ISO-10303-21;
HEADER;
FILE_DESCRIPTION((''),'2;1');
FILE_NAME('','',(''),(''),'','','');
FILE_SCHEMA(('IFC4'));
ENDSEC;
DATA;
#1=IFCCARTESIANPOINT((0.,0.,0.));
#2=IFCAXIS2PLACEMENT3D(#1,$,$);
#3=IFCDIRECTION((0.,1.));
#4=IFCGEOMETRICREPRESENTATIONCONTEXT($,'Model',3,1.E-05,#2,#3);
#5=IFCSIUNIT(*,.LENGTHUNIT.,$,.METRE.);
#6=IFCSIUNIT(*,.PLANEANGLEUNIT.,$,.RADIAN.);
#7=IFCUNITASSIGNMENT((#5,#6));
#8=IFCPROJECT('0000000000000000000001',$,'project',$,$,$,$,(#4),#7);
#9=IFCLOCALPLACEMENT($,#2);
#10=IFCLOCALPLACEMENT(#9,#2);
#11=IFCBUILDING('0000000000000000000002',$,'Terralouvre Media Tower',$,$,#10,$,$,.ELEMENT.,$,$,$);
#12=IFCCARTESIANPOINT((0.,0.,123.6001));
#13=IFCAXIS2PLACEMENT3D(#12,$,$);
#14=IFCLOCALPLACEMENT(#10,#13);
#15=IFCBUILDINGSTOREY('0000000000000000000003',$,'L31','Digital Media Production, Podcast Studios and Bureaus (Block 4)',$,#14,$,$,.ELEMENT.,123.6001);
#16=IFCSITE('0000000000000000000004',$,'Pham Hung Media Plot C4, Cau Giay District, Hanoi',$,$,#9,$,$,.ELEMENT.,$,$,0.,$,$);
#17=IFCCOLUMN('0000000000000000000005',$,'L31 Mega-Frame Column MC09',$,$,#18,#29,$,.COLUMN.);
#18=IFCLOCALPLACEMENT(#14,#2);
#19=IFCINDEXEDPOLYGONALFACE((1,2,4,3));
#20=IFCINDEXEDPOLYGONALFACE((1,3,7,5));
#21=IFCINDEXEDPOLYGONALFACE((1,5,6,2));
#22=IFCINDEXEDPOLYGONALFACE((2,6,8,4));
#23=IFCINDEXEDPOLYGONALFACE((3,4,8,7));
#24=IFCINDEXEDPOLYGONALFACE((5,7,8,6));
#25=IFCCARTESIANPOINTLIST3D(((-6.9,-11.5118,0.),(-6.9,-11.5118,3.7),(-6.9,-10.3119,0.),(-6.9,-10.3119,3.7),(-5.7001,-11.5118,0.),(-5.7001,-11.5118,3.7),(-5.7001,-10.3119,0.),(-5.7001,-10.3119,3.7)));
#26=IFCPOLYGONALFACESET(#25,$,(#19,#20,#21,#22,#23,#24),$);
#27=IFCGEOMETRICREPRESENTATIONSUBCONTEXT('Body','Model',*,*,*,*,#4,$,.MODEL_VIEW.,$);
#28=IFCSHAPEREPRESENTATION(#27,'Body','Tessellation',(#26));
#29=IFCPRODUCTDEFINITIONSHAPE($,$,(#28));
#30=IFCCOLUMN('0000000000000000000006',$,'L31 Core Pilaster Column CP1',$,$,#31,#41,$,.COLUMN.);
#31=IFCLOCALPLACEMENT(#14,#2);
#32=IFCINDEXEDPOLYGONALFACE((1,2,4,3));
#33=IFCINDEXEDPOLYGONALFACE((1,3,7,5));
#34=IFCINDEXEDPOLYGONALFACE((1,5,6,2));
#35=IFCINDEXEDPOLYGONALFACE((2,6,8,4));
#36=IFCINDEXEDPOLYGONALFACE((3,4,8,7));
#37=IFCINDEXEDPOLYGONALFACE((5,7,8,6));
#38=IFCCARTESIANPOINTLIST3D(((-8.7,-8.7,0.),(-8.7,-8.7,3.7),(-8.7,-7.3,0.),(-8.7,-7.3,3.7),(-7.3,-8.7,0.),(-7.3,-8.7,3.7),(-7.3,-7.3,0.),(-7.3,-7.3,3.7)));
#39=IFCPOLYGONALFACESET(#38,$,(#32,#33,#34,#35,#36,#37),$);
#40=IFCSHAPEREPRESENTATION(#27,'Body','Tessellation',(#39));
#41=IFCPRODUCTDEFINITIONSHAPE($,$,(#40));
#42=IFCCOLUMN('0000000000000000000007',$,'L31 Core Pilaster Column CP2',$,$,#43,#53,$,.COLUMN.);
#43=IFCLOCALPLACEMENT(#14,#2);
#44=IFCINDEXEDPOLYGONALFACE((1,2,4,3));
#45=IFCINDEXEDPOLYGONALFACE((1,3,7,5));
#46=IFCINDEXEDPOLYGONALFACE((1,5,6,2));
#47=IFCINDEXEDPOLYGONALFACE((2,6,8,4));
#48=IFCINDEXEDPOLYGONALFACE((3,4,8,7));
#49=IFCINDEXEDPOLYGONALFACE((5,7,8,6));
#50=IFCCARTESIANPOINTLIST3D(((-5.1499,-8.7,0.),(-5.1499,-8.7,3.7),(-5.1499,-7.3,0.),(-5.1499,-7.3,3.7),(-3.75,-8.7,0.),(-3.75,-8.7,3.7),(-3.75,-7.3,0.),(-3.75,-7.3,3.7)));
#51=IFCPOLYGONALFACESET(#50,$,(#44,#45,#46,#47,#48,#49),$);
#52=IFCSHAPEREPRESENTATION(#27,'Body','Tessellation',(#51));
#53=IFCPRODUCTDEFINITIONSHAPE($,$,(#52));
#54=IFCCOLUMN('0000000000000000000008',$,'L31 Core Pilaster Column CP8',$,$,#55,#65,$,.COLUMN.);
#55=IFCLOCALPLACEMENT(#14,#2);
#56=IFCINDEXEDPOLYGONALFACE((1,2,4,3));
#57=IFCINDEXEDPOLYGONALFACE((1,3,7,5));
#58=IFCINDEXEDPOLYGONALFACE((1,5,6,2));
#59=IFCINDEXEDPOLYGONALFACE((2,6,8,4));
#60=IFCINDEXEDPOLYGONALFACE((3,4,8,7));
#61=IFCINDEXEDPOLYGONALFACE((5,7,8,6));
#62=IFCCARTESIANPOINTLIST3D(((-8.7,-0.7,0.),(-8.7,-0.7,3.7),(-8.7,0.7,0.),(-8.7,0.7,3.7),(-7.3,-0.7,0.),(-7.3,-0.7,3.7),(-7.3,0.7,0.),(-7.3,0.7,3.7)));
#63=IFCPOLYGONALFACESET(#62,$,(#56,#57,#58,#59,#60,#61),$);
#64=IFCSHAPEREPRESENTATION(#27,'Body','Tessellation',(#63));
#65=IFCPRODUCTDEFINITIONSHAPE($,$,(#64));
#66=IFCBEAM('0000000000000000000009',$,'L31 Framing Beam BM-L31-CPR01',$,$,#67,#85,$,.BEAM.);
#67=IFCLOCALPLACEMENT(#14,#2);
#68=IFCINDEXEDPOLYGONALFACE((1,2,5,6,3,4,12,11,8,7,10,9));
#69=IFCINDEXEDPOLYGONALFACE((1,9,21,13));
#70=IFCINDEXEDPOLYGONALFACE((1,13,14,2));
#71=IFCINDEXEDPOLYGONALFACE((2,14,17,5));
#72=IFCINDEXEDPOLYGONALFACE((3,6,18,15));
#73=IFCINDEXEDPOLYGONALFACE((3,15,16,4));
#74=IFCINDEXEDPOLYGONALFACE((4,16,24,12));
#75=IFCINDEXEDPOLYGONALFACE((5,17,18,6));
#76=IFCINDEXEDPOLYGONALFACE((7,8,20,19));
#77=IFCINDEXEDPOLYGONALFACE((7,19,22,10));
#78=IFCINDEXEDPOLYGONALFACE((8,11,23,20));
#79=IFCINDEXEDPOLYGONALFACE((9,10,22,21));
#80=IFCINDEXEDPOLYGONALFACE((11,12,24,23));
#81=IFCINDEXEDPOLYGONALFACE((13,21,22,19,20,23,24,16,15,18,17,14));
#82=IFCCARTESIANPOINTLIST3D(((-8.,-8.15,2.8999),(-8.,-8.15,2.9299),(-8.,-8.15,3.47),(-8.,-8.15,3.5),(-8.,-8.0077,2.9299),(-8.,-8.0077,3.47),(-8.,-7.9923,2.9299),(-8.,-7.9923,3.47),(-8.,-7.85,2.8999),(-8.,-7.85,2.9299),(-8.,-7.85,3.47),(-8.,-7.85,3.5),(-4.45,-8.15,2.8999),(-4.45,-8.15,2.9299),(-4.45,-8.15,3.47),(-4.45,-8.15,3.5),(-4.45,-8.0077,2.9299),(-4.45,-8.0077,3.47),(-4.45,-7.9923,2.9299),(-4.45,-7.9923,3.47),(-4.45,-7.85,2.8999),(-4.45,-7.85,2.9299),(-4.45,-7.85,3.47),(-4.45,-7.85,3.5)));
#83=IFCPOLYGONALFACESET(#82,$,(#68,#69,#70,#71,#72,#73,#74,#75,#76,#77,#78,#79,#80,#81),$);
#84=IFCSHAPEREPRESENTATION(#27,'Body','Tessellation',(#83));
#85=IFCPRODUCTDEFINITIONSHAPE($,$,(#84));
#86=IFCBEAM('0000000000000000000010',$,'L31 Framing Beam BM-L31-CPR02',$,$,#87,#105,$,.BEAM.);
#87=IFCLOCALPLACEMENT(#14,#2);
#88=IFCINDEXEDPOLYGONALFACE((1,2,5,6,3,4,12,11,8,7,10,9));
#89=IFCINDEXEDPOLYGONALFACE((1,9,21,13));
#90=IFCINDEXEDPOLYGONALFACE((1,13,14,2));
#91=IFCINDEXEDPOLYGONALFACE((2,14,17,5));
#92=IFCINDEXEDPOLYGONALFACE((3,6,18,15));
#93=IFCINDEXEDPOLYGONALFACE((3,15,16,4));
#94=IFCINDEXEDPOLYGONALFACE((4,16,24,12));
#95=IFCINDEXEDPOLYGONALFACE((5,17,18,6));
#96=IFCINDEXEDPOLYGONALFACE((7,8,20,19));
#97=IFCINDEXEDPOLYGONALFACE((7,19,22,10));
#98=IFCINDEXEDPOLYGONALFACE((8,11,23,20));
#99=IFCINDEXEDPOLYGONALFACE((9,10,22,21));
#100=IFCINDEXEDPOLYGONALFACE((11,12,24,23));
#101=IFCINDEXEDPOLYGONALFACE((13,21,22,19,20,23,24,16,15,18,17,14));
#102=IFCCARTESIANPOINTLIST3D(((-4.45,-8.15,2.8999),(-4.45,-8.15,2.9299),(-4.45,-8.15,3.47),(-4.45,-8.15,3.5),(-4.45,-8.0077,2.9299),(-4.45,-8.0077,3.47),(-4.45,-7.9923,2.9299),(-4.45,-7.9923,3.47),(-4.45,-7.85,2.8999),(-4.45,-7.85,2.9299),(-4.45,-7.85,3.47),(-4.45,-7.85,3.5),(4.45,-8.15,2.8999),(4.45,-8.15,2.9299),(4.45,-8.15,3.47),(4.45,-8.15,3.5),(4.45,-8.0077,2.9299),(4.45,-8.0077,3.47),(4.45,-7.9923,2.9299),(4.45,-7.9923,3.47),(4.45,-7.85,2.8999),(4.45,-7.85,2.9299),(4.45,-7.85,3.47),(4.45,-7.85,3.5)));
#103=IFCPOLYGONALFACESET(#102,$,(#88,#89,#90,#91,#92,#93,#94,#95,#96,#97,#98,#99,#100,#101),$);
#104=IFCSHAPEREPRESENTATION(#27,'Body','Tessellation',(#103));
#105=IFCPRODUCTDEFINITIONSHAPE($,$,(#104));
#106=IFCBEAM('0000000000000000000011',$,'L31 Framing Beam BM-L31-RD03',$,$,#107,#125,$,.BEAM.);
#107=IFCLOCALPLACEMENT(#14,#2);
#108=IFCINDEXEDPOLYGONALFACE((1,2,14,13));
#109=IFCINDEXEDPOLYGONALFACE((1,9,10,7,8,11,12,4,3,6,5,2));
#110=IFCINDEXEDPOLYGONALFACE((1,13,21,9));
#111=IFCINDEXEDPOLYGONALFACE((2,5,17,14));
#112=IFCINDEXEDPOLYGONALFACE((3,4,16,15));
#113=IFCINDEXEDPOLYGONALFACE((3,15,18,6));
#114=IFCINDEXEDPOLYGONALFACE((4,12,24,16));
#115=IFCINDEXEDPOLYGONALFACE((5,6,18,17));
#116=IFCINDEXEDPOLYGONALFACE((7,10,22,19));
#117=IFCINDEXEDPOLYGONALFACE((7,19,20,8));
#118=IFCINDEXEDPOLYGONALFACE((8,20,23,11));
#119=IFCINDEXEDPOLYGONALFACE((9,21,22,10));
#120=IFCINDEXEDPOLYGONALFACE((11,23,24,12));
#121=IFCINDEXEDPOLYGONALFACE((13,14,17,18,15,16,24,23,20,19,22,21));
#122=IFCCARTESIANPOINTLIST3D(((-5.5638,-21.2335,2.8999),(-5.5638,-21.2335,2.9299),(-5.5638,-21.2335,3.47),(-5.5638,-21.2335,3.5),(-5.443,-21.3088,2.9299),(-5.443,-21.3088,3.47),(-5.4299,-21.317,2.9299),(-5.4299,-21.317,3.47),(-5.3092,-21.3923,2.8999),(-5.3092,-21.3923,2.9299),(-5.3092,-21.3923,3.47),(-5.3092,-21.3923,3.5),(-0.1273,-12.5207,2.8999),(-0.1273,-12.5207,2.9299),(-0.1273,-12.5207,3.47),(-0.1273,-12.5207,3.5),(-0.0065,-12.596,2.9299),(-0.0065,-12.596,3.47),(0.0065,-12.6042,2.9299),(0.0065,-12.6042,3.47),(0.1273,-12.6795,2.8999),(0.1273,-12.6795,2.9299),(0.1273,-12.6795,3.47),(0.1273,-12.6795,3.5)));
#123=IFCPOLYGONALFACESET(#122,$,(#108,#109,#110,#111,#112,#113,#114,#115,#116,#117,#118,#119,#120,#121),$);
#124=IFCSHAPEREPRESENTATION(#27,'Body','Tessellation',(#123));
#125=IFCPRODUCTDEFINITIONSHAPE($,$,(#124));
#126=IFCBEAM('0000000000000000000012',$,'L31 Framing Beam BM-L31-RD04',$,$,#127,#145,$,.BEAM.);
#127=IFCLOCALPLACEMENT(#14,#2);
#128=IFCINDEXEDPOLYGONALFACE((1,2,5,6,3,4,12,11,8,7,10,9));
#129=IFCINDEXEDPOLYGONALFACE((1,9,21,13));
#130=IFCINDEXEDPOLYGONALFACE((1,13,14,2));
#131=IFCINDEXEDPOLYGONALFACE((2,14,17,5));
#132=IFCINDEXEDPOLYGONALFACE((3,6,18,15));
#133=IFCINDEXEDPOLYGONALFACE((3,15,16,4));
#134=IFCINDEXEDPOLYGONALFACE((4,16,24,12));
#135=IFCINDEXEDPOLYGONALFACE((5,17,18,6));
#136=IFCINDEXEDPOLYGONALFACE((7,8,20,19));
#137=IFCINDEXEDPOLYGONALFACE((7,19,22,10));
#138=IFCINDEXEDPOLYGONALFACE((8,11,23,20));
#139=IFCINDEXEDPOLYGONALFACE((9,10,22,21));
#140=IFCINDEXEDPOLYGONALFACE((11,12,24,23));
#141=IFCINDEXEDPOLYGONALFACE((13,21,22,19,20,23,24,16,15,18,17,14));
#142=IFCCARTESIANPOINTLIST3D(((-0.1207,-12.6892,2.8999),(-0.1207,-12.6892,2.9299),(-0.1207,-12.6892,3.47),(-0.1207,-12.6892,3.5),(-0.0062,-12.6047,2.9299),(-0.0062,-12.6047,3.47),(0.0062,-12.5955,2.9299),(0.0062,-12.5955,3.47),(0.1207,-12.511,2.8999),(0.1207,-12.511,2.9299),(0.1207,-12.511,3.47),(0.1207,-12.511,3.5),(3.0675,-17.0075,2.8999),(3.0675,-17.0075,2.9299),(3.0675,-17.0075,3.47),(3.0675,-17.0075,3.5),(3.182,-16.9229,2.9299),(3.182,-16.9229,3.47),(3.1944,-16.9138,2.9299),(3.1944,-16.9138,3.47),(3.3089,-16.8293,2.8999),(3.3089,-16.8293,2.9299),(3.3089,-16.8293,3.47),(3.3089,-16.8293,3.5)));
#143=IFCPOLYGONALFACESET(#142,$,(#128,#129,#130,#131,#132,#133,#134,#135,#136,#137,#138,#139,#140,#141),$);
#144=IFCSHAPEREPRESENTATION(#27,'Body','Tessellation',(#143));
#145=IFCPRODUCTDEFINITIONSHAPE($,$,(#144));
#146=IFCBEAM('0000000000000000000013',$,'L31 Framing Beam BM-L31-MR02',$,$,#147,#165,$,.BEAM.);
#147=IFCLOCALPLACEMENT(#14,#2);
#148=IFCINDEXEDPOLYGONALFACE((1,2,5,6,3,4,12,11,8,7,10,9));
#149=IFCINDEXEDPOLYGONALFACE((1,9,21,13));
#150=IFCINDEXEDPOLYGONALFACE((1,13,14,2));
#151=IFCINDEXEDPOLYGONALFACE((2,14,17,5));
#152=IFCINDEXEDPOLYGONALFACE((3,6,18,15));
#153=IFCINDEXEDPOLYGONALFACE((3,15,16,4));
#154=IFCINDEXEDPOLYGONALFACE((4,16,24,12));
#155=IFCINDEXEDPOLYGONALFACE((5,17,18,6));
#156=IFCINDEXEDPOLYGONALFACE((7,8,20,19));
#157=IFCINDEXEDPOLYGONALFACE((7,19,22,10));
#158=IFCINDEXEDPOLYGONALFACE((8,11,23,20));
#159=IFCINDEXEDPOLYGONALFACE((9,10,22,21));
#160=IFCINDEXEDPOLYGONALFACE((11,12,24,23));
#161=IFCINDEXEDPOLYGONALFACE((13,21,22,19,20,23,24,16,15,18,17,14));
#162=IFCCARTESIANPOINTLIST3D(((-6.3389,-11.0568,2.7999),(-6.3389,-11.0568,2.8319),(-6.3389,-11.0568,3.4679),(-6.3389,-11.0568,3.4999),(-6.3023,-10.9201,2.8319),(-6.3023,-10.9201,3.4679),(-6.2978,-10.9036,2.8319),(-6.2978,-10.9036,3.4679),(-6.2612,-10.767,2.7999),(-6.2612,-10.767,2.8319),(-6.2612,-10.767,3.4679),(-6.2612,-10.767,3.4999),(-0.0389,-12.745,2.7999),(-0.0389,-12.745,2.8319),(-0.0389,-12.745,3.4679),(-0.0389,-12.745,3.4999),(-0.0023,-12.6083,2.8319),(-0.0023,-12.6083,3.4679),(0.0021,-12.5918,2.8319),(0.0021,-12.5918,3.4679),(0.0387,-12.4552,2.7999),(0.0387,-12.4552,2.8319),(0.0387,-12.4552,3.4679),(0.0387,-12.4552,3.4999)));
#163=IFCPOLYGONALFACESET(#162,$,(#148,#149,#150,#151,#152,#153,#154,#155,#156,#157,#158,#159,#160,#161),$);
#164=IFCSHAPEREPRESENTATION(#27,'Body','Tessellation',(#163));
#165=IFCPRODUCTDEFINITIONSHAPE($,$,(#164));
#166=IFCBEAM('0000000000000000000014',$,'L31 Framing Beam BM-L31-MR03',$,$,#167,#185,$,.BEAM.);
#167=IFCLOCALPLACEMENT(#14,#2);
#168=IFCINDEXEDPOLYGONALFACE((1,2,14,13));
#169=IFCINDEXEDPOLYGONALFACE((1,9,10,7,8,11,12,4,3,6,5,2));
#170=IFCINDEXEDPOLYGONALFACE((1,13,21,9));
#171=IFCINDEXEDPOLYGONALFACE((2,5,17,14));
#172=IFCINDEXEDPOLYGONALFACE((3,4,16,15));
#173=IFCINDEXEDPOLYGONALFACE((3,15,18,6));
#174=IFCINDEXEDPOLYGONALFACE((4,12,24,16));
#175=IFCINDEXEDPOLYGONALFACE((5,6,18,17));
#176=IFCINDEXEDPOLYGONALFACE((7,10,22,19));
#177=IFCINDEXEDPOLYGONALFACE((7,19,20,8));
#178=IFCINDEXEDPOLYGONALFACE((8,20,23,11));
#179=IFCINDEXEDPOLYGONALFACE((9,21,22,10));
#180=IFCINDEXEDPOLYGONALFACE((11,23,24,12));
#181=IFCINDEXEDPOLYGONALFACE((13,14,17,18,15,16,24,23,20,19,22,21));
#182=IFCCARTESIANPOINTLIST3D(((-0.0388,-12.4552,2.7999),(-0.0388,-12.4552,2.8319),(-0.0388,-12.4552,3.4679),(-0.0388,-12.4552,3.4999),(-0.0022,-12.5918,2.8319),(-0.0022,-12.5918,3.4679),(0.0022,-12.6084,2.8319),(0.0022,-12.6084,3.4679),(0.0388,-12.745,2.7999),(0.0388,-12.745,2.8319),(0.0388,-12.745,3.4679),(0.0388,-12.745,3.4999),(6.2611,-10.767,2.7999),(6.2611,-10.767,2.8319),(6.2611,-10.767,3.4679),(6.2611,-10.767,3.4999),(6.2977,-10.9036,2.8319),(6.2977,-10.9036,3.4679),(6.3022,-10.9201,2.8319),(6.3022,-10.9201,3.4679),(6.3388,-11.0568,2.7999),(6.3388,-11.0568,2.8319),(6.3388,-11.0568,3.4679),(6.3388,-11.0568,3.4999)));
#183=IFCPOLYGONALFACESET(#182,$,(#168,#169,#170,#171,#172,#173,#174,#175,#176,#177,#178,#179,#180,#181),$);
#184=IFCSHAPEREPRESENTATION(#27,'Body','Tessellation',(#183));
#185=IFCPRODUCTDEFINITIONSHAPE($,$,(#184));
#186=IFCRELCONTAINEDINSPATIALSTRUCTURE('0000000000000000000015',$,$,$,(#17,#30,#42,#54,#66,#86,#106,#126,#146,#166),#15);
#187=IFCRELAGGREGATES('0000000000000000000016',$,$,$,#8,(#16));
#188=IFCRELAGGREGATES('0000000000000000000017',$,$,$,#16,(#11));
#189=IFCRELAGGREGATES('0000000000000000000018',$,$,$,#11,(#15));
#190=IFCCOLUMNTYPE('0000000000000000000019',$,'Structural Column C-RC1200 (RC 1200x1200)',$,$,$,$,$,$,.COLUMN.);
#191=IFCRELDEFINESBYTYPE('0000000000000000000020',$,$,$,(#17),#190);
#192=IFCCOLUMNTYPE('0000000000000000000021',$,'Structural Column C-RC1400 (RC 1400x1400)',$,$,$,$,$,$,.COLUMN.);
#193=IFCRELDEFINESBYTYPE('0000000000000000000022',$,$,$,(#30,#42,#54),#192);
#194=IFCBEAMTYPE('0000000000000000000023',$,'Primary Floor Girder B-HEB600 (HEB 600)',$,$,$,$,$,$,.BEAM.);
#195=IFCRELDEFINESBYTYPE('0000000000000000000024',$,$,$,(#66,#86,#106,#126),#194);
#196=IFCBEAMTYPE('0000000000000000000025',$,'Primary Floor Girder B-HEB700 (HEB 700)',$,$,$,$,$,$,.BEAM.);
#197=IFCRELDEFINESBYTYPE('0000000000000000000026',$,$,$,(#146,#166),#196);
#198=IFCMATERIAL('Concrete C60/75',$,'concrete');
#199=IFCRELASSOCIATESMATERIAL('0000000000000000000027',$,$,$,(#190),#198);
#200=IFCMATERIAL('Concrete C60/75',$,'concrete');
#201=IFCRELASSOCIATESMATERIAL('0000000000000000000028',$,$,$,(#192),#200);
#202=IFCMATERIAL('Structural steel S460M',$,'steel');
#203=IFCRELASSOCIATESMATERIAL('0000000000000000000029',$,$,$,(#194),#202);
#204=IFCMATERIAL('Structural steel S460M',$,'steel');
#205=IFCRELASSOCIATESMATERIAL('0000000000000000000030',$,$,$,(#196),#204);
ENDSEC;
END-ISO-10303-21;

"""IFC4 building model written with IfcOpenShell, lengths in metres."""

from ifc_helpers import new_model, si_unit, direction, frame, origin, origin_2d, place, context, subcontext, project, spatial, rectangle, i_section, extrude, material, material_profile, profile_set, type_object, element, save


model = new_model("IFC4")

# Units and contexts
model_context = context("Model", 3, precision=1e-05, world=origin(), true_north=direction((0.0, 1.0)))
body_context = subcontext(model_context, "Body", "Model", "MODEL_VIEW")
ifc_project = project(units=[si_unit("LENGTHUNIT", "METRE"), si_unit("PLANEANGLEUNIT", "RADIAN")], contexts=[model_context])

# Site, building, storey
site_placement = place(None, origin())
site = spatial("IfcSite", under=ifc_project, at=site_placement, Name="Pham Hung Media Plot C4, Cau Giay District, Hanoi", CompositionType="ELEMENT", RefElevation=0.0)
building_placement = place(site_placement, origin())
building = spatial("IfcBuilding", under=site, at=building_placement, Name="Terralouvre Media Tower", CompositionType="ELEMENT")
storey_placement = place(building_placement, frame((0.0, 0.0, 123.6001)))
storey = spatial("IfcBuildingStorey", under=building, at=storey_placement, Name="L31", Description="Digital Media Production, Podcast Studios and Bureaus (Block 4)", CompositionType="ELEMENT", Elevation=123.6001)

# Columns
ifc_material_1 = material(Name="Concrete C60/75", Category="concrete")
ifc_material_profile_1 = material_profile(ifc_material_1, rectangle(XDim=1.2, YDim=1.2, at=origin_2d()), Name="RC 1200x1200")
ifc_profile_set_1 = profile_set([ifc_material_profile_1], Name="Concrete C60/75")
column_type_1 = type_object("IfcColumnType", Name="Structural Column C-RC1200 (RC 1200x1200)", PredefinedType="COLUMN", material=ifc_profile_set_1)
column_placement = place(storey_placement, frame((-6.3, -10.9119, 0.0), z_axis=(0.0, 0.0, 1.0), x_axis=(1.0, 0.0, 0.0)))
element("IfcColumn", 1, at=column_placement, inside=storey, type_object=column_type_1, Name="L31 Mega-Frame Column MC09", PredefinedType="COLUMN", context=body_context, shape_type="SweptSolid", body=[
    extrude(rectangle(XDim=1.2, YDim=1.2, at=origin_2d()), origin(), (0.0, 0.0, 1.0), 3.7),
])
ifc_material_2 = material(Name="Concrete C60/75", Category="concrete")
ifc_material_profile_2 = material_profile(ifc_material_2, rectangle(XDim=1.3999, YDim=1.3999, at=origin_2d()), Name="RC 1400x1400")
ifc_profile_set_2 = profile_set([ifc_material_profile_2], Name="Concrete C60/75")
column_type_2 = type_object("IfcColumnType", Name="Structural Column C-RC1400 (RC 1400x1400)", PredefinedType="COLUMN", material=ifc_profile_set_2)
for number, where, z_axis, x_axis, name in (
    (2, (-8.0, -8.0, 0.0), (0.0, 0.0, 1.0), (1.0, 0.0, 0.0), "L31 Core Pilaster Column CP1"),
    (3, (-4.45, -8.0, 0.0), (0.0, 0.0, 1.0), (1.0, 0.0, 0.0), "L31 Core Pilaster Column CP2"),
    (4, (-8.0, 0.0, 0.0), (0.0, 0.0, 1.0), (1.0, 0.0, 0.0), "L31 Core Pilaster Column CP8"),
):
    element("IfcColumn", number, at=place(storey_placement, frame(where, z_axis=z_axis, x_axis=x_axis)), inside=storey, type_object=column_type_2, Name=name, PredefinedType="COLUMN", context=body_context, shape_type="SweptSolid", body=[
        extrude(rectangle(XDim=1.3999, YDim=1.3999, at=origin_2d()), origin(), (0.0, 0.0, 1.0), 3.7),
    ])

# Beams
ifc_material_3 = material(Name="Structural steel S460M", Category="steel")
ifc_material_profile_3 = material_profile(ifc_material_3, i_section(OverallWidth=0.3, OverallDepth=0.6001, WebThickness=0.0154, FlangeThickness=0.03, at=origin_2d()), Name="HEB 600")
ifc_profile_set_3 = profile_set([ifc_material_profile_3], Name="Structural steel S460M")
beam_type_1 = type_object("IfcBeamType", Name="Primary Floor Girder B-HEB600 (HEB 600)", PredefinedType="BEAM", material=ifc_profile_set_3)
beam_1_placement = place(storey_placement, frame((-8.0, -8.0, 3.2), z_axis=(1.0, 0.0, 0.0), x_axis=(0.0, 1.0, 0.0)))
element("IfcBeam", 5, at=beam_1_placement, inside=storey, type_object=beam_type_1, Name="L31 Framing Beam BM-L31-CPR01", PredefinedType="BEAM", context=body_context, shape_type="SweptSolid", body=[
    extrude(i_section(OverallWidth=0.3, OverallDepth=0.6001, WebThickness=0.0154, FlangeThickness=0.03, at=origin_2d()), origin(), (0.0, 0.0, 1.0), 3.55),
])
beam_2_placement = place(storey_placement, frame((-4.45, -8.0, 3.2), z_axis=(1.0, 0.0, 0.0), x_axis=(0.0, 1.0, 0.0)))
element("IfcBeam", 6, at=beam_2_placement, inside=storey, type_object=beam_type_1, Name="L31 Framing Beam BM-L31-CPR02", PredefinedType="BEAM", context=body_context, shape_type="SweptSolid", body=[
    extrude(i_section(OverallWidth=0.3, OverallDepth=0.6001, WebThickness=0.0154, FlangeThickness=0.03, at=origin_2d()), origin(), (0.0, 0.0, 1.0), 8.8999),
])
beam_3_placement = place(storey_placement, frame((0.0, -12.6001, 3.2), z_axis=(-0.529366, -0.848393, 0.0), x_axis=(0.848393, -0.529366, 0.0)))
element("IfcBeam", 7, at=beam_3_placement, inside=storey, type_object=beam_type_1, Name="L31 Framing Beam BM-L31-RD03", PredefinedType="BEAM", context=body_context, shape_type="SweptSolid", body=[
    extrude(i_section(OverallWidth=0.3, OverallDepth=0.6001, WebThickness=0.0154, FlangeThickness=0.03, at=origin_2d()), origin(), (0.0, 0.0, 1.0), 10.2698),
])
beam_4_placement = place(storey_placement, frame((0.0, -12.6001, 3.2), z_axis=(0.593957, -0.804496, 0.0), x_axis=(0.804496, 0.593957, 0.0)))
element("IfcBeam", 8, at=beam_4_placement, inside=storey, type_object=beam_type_1, Name="L31 Framing Beam BM-L31-RD04", PredefinedType="BEAM", context=body_context, shape_type="SweptSolid", body=[
    extrude(i_section(OverallWidth=0.3, OverallDepth=0.6001, WebThickness=0.0154, FlangeThickness=0.03, at=origin_2d()), origin(), (0.0, 0.0, 1.0), 5.3677),
])
ifc_material_4 = material(Name="Structural steel S460M", Category="steel")
ifc_material_profile_4 = material_profile(ifc_material_4, i_section(OverallWidth=0.3, OverallDepth=0.7, WebThickness=0.0171, FlangeThickness=0.032, at=origin_2d()), Name="HEB 700")
ifc_profile_set_4 = profile_set([ifc_material_profile_4], Name="Structural steel S460M")
beam_type_2 = type_object("IfcBeamType", Name="Primary Floor Girder B-HEB700 (HEB 700)", PredefinedType="BEAM", material=ifc_profile_set_4)
for number, where, z_axis, x_axis, name in (
    (9, (-6.3, -10.9119, 3.1499), (0.96592, -0.258839, 0.0), (0.258839, 0.96592, 0.0), "L31 Framing Beam BM-L31-MR02"),
    (10, (0.0, -12.6001, 3.1499), (0.96592, 0.258839, 0.0), (-0.258839, 0.96592, 0.0), "L31 Framing Beam BM-L31-MR03"),
):
    element("IfcBeam", number, at=place(storey_placement, frame(where, z_axis=z_axis, x_axis=x_axis)), inside=storey, type_object=beam_type_2, Name=name, PredefinedType="BEAM", context=body_context, shape_type="SweptSolid", body=[
        extrude(i_section(OverallWidth=0.3, OverallDepth=0.7, WebThickness=0.0171, FlangeThickness=0.032, at=origin_2d()), origin(), (0.0, 0.0, 1.0), 6.5222),
    ])

save(model, "model.ifc")
